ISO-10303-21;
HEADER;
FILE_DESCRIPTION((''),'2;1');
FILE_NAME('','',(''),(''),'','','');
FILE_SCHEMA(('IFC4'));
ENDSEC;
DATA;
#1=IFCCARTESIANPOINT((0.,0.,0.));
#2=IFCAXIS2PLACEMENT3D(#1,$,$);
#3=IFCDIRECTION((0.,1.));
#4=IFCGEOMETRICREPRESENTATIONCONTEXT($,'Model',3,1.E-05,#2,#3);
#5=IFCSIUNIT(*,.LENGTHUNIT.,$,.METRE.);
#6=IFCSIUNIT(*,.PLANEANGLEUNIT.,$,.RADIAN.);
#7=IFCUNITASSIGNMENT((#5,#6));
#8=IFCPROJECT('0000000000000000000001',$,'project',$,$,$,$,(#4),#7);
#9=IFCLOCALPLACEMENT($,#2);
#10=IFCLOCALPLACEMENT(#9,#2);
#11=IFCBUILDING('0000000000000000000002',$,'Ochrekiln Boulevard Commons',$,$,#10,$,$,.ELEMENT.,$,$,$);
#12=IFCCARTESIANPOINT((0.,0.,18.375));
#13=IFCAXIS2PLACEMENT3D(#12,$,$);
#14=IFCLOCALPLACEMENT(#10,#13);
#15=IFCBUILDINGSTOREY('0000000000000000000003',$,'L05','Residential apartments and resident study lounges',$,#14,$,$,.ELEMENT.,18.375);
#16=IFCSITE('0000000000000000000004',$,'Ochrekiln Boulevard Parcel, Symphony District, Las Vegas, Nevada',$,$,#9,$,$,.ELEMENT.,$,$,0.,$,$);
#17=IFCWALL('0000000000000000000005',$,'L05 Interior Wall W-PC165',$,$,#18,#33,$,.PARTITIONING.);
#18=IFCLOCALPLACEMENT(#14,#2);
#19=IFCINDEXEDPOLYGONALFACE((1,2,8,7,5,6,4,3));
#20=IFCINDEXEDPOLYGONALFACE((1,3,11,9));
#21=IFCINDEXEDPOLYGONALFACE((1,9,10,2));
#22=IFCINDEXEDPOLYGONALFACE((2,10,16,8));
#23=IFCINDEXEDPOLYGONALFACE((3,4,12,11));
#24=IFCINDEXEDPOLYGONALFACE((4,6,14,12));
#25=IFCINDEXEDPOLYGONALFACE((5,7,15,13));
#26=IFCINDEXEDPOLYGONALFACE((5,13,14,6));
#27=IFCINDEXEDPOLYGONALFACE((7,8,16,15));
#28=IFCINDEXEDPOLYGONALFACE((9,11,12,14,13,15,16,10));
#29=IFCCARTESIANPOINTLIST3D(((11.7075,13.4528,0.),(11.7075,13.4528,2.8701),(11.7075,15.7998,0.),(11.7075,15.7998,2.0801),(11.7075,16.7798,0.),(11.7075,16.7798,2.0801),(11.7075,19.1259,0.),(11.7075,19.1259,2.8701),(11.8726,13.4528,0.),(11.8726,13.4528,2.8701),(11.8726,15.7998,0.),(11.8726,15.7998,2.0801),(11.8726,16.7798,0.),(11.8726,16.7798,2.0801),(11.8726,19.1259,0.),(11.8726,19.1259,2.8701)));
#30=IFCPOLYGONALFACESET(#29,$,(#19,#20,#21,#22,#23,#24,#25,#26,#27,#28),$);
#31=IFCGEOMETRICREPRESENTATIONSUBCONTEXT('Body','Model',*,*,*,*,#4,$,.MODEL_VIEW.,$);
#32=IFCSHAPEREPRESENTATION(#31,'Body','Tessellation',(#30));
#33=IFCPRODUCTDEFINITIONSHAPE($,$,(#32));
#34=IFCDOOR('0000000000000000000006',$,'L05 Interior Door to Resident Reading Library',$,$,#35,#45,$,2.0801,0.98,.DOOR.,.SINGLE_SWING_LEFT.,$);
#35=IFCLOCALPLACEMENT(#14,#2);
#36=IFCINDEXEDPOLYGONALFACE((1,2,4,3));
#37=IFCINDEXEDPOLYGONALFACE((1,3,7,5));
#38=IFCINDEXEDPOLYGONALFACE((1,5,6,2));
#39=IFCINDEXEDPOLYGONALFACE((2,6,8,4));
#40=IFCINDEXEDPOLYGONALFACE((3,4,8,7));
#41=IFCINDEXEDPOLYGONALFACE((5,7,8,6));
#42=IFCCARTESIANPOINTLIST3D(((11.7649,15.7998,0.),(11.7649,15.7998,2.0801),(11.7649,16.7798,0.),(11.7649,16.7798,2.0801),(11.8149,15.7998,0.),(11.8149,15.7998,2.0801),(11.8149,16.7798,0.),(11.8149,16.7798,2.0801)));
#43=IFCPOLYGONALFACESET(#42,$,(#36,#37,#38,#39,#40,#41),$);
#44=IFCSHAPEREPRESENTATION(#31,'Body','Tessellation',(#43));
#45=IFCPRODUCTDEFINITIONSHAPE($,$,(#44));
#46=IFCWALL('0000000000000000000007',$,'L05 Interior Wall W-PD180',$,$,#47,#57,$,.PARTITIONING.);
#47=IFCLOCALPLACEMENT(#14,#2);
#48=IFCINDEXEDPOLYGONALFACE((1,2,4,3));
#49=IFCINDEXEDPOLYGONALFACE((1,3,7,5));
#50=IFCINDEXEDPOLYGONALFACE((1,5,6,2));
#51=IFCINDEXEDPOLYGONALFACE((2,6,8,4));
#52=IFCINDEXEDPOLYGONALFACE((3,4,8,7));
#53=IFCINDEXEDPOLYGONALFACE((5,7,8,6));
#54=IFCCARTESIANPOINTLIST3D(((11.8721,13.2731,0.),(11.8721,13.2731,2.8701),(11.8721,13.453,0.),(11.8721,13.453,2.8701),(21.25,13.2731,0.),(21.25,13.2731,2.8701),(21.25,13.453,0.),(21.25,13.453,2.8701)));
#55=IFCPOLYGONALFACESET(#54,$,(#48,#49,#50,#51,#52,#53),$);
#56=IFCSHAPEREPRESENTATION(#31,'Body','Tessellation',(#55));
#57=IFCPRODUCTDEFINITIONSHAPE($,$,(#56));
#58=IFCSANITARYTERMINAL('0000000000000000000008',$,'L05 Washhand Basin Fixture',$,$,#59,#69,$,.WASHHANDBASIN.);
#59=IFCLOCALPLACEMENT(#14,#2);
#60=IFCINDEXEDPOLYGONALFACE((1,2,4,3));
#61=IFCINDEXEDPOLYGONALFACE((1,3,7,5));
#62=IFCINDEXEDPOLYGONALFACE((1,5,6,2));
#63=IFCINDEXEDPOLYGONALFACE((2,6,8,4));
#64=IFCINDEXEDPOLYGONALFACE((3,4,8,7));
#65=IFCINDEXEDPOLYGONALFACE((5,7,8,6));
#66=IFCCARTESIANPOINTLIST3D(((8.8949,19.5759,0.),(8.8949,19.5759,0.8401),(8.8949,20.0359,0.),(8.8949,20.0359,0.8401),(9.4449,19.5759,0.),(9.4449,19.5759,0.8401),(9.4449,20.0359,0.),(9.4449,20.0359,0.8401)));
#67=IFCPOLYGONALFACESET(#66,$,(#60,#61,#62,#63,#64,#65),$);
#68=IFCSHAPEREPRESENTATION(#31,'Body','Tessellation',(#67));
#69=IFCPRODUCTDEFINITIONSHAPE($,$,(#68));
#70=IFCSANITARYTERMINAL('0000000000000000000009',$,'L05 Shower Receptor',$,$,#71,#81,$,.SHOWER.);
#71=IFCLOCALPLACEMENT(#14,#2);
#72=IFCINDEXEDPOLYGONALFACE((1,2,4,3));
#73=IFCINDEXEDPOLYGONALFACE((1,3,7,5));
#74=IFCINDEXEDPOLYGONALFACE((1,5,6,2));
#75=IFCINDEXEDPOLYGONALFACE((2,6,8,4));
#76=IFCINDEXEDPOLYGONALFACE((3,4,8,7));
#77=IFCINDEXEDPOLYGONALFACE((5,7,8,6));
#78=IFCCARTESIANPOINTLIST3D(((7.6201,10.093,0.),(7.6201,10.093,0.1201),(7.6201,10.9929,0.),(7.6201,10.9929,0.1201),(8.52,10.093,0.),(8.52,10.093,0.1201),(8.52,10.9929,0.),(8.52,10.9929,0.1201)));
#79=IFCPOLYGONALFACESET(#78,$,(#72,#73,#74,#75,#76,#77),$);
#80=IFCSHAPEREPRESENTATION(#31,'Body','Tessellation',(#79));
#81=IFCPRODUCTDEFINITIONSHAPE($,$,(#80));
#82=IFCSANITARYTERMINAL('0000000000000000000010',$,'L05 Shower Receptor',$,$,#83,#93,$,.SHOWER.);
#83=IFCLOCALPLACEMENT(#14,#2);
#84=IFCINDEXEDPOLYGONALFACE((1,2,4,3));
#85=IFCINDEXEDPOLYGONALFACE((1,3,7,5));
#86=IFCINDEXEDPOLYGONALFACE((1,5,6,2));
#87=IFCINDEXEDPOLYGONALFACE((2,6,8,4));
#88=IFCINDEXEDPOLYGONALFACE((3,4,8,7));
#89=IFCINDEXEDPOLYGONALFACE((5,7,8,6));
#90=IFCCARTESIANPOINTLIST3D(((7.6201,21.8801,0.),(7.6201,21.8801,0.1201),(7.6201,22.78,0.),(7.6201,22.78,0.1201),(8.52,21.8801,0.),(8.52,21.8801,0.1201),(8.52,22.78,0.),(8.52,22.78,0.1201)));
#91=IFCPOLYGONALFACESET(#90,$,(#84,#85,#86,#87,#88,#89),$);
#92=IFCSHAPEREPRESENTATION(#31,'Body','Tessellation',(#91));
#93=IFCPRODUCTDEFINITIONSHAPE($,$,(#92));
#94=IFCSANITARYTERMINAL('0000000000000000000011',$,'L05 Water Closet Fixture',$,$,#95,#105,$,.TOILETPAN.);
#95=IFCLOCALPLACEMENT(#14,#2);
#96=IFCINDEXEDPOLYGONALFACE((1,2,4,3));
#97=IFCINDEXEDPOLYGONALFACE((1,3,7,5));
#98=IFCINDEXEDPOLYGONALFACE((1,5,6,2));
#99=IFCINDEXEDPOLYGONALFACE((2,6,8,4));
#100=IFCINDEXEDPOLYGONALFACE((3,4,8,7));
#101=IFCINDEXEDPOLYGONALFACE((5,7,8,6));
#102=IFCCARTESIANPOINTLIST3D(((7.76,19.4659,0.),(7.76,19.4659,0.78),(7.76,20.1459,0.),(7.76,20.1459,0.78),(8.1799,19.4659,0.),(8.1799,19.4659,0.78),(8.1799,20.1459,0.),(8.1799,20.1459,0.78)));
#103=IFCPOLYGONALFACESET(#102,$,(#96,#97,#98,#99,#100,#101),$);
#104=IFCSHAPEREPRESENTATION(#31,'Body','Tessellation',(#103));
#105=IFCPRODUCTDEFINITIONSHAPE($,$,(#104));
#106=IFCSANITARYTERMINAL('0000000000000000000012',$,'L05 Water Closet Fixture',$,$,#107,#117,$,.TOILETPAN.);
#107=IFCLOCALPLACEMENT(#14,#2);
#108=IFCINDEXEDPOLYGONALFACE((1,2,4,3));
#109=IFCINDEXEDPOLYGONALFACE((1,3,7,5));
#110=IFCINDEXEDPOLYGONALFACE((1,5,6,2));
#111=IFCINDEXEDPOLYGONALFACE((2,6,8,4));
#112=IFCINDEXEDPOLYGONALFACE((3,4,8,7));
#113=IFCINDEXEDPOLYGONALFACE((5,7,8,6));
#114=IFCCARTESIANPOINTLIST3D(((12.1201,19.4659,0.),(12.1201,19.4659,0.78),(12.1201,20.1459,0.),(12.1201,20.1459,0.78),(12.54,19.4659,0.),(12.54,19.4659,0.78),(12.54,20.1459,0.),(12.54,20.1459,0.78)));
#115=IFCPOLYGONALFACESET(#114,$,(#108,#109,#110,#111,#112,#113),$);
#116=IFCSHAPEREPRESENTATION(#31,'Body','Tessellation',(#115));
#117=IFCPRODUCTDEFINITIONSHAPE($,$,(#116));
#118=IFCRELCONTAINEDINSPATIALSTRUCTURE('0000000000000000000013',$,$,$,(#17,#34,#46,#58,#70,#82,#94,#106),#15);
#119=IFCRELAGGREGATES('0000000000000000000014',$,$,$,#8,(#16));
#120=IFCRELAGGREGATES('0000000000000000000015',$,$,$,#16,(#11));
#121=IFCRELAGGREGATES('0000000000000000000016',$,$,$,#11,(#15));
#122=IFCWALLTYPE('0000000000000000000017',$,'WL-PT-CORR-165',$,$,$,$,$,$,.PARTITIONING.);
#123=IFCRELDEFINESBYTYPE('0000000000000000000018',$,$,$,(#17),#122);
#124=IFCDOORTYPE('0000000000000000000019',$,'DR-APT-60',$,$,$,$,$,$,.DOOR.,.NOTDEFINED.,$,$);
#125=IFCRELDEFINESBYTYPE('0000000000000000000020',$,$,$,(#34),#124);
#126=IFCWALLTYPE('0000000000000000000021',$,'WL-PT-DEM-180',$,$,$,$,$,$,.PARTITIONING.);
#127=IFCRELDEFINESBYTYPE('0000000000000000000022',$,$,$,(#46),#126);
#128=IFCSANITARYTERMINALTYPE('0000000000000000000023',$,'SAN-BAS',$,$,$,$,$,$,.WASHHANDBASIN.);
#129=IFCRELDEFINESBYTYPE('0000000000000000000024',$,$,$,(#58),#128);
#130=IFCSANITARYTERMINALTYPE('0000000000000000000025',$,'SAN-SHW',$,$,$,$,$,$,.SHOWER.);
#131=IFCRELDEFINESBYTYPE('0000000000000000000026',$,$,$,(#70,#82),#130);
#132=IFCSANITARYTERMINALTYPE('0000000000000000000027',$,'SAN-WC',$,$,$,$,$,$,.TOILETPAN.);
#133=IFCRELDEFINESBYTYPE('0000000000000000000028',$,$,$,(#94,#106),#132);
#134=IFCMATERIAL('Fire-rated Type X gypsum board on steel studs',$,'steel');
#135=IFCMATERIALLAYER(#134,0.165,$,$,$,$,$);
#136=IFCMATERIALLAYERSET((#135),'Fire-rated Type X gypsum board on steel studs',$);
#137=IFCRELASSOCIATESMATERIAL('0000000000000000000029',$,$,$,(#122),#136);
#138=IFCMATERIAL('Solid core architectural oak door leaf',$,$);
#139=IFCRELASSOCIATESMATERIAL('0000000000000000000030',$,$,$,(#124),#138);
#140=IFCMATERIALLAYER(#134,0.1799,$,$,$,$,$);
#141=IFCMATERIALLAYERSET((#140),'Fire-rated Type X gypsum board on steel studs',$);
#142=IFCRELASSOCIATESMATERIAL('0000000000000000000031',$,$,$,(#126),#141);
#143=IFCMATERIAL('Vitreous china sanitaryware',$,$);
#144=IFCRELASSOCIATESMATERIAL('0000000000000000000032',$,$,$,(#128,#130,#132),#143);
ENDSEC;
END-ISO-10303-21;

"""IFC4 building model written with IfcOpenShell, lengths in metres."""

from ifc_helpers import new_model, si_unit, direction, frame, frame_2d, origin, origin_2d, place, context, subcontext, project, spatial, rectangle, extrude, material, layer, layer_set, type_object, element, fill, save


model = new_model("IFC4")

# Units and contexts
model_context = context("Model", 3, precision=1e-05, world=origin(), true_north=direction((0.0, 1.0)))
body_context = subcontext(model_context, "Body", "Model", "MODEL_VIEW")
ifc_project = project(units=[si_unit("LENGTHUNIT", "METRE"), si_unit("PLANEANGLEUNIT", "RADIAN")], contexts=[model_context])

# Site, building, storey
site_placement = place(None, origin())
site = spatial("IfcSite", under=ifc_project, at=site_placement, Name="Ochrekiln Boulevard Parcel, Symphony District, Las Vegas, Nevada", CompositionType="ELEMENT", RefElevation=0.0)
building_placement = place(site_placement, origin())
building = spatial("IfcBuilding", under=site, at=building_placement, Name="Ochrekiln Boulevard Commons", CompositionType="ELEMENT")
storey_placement = place(building_placement, frame((0.0, 0.0, 18.375)))
storey = spatial("IfcBuildingStorey", under=building, at=storey_placement, Name="L05", Description="Residential apartments and resident study lounges", CompositionType="ELEMENT", Elevation=18.375)

# Shared definitions
ifc_material_1 = material(Name="Solid core architectural oak door leaf")

# Shared definitions
ifc_material_2 = material(Name="Fire-rated Type X gypsum board on steel studs", Category="steel")
ifc_layer_1 = layer(ifc_material_2, 0.165)
ifc_layer_set_1 = layer_set([ifc_layer_1], Name="Fire-rated Type X gypsum board on steel studs")
wall_type_1 = type_object("IfcWallType", Name="WL-PT-CORR-165", PredefinedType="PARTITIONING", material=ifc_layer_set_1)

# Wall, opening, door
wall_1_placement = place(storey_placement, frame((11.79, 13.4529, 0.0), z_axis=(0.0, 0.0, 1.0), x_axis=(0.0, 1.0, 0.0)))
wall_1 = element("IfcWall", 1, at=wall_1_placement, inside=storey, type_object=wall_type_1, Name="L05 Interior Wall W-PC165", PredefinedType="PARTITIONING", context=body_context, shape_type="SweptSolid", body=[
    extrude(rectangle(XDim=5.6731, YDim=0.165, at=frame_2d((2.8364, 0.0))), origin(), (0.0, 0.0, 1.0), 2.8701),
])
opening_1_placement = place(wall_1_placement, frame((2.3469, 0.0, 0.0)))
opening_1 = element("IfcOpeningElement", 2, at=opening_1_placement, cuts=wall_1, PredefinedType="OPENING", context=body_context, shape_type="SweptSolid", body=[
    extrude(rectangle(XDim=0.98, YDim=2.0801, at=frame_2d((0.49, 1.04))), frame((0.0, 0.0925, 0.0), z_axis=(0.0, -1.0, 0.0), x_axis=(1.0, 0.0, 0.0)), (0.0, 0.0, 1.0), 0.1851),
])
door_type_1 = type_object("IfcDoorType", Name="DR-APT-60", OperationType="NOTDEFINED", PredefinedType="DOOR", material=ifc_material_1)
door_1_placement = place(opening_1_placement, frame((0.98, 0.0, 0.0), z_axis=(0.0, 0.0, 1.0), x_axis=(-1.0, 0.0, 0.0)))
door_1 = element("IfcDoor", 3, at=door_1_placement, inside=storey, type_object=door_type_1, Name="L05 Interior Door to Resident Reading Library", OperationType="SINGLE_SWING_LEFT", OverallHeight=2.0801, OverallWidth=0.98, PredefinedType="DOOR", context=body_context, shape_type="SweptSolid", body=[
    extrude(rectangle(XDim=0.98, YDim=2.0801, at=frame_2d((0.49, 1.04))), frame((0.0, 0.0249, 0.0), z_axis=(0.0, -1.0, 0.0), x_axis=(1.0, 0.0, 0.0)), (0.0, 0.0, 1.0), 0.05),
])
fill(opening_1, door_1)

# Wall
ifc_layer_2 = layer(ifc_material_2, 0.1799)
ifc_layer_set_2 = layer_set([ifc_layer_2], Name="Fire-rated Type X gypsum board on steel studs")
wall_type_2 = type_object("IfcWallType", Name="WL-PT-DEM-180", PredefinedType="PARTITIONING", material=ifc_layer_set_2)
wall_2_placement = place(storey_placement, frame((11.8721, 13.363, 0.0), z_axis=(0.0, 0.0, 1.0), x_axis=(1.0, 0.0, 0.0)))
element("IfcWall", 4, at=wall_2_placement, inside=storey, type_object=wall_type_2, Name="L05 Interior Wall W-PD180", PredefinedType="PARTITIONING", context=body_context, shape_type="SweptSolid", body=[
    extrude(rectangle(XDim=9.3779, YDim=0.1799, at=frame_2d((4.689, 0.0))), origin(), (0.0, 0.0, 1.0), 2.8701),
])

# Sanitary terminals
ifc_material_3 = material(Name="Vitreous china sanitaryware")
sanitary_terminal_type_1 = type_object("IfcSanitaryTerminalType", Name="SAN-BAS", PredefinedType="WASHHANDBASIN", material=ifc_material_3)
sanitary_terminal_placement = place(storey_placement, frame((9.1699, 19.8059, 0.0), z_axis=(0.0, 0.0, 1.0), x_axis=(1.0, 0.0, 0.0)))
element("IfcSanitaryTerminal", 5, at=sanitary_terminal_placement, inside=storey, type_object=sanitary_terminal_type_1, Name="L05 Washhand Basin Fixture", PredefinedType="WASHHANDBASIN", context=body_context, shape_type="SweptSolid", body=[
    extrude(rectangle(XDim=0.55, YDim=0.46, at=origin_2d()), origin(), (0.0, 0.0, 1.0), 0.8401),
])
sanitary_terminal_type_2 = type_object("IfcSanitaryTerminalType", Name="SAN-SHW", PredefinedType="SHOWER", material=ifc_material_3)
for number, where, z_axis, x_axis, name in (
    (6, (8.0701, 10.543, 0.0), (0.0, 0.0, 1.0), (1.0, 0.0, 0.0), "L05 Shower Receptor"),
    (7, (8.0701, 22.3301, 0.0), (0.0, 0.0, 1.0), (1.0, 0.0, 0.0), "L05 Shower Receptor"),
):
    element("IfcSanitaryTerminal", number, at=place(storey_placement, frame(where, z_axis=z_axis, x_axis=x_axis)), inside=storey, type_object=sanitary_terminal_type_2, Name=name, PredefinedType="SHOWER", context=body_context, shape_type="SweptSolid", body=[
        extrude(rectangle(XDim=0.8999, YDim=0.8999, at=origin_2d()), origin(), (0.0, 0.0, 1.0), 0.1201),
    ])
sanitary_terminal_type_3 = type_object("IfcSanitaryTerminalType", Name="SAN-WC", PredefinedType="TOILETPAN", material=ifc_material_3)
for number, where, z_axis, x_axis, name in (
    (8, (7.97, 19.8059, 0.0), (0.0, 0.0, 1.0), (1.0, 0.0, 0.0), "L05 Water Closet Fixture"),
    (9, (12.3301, 19.8059, 0.0), (0.0, 0.0, 1.0), (1.0, 0.0, 0.0), "L05 Water Closet Fixture"),
):
    element("IfcSanitaryTerminal", number, at=place(storey_placement, frame(where, z_axis=z_axis, x_axis=x_axis)), inside=storey, type_object=sanitary_terminal_type_3, Name=name, PredefinedType="TOILETPAN", context=body_context, shape_type="SweptSolid", body=[
        extrude(rectangle(XDim=0.4199, YDim=0.6799, at=origin_2d()), origin(), (0.0, 0.0, 1.0), 0.78),
    ])

save(model, "model.ifc")
